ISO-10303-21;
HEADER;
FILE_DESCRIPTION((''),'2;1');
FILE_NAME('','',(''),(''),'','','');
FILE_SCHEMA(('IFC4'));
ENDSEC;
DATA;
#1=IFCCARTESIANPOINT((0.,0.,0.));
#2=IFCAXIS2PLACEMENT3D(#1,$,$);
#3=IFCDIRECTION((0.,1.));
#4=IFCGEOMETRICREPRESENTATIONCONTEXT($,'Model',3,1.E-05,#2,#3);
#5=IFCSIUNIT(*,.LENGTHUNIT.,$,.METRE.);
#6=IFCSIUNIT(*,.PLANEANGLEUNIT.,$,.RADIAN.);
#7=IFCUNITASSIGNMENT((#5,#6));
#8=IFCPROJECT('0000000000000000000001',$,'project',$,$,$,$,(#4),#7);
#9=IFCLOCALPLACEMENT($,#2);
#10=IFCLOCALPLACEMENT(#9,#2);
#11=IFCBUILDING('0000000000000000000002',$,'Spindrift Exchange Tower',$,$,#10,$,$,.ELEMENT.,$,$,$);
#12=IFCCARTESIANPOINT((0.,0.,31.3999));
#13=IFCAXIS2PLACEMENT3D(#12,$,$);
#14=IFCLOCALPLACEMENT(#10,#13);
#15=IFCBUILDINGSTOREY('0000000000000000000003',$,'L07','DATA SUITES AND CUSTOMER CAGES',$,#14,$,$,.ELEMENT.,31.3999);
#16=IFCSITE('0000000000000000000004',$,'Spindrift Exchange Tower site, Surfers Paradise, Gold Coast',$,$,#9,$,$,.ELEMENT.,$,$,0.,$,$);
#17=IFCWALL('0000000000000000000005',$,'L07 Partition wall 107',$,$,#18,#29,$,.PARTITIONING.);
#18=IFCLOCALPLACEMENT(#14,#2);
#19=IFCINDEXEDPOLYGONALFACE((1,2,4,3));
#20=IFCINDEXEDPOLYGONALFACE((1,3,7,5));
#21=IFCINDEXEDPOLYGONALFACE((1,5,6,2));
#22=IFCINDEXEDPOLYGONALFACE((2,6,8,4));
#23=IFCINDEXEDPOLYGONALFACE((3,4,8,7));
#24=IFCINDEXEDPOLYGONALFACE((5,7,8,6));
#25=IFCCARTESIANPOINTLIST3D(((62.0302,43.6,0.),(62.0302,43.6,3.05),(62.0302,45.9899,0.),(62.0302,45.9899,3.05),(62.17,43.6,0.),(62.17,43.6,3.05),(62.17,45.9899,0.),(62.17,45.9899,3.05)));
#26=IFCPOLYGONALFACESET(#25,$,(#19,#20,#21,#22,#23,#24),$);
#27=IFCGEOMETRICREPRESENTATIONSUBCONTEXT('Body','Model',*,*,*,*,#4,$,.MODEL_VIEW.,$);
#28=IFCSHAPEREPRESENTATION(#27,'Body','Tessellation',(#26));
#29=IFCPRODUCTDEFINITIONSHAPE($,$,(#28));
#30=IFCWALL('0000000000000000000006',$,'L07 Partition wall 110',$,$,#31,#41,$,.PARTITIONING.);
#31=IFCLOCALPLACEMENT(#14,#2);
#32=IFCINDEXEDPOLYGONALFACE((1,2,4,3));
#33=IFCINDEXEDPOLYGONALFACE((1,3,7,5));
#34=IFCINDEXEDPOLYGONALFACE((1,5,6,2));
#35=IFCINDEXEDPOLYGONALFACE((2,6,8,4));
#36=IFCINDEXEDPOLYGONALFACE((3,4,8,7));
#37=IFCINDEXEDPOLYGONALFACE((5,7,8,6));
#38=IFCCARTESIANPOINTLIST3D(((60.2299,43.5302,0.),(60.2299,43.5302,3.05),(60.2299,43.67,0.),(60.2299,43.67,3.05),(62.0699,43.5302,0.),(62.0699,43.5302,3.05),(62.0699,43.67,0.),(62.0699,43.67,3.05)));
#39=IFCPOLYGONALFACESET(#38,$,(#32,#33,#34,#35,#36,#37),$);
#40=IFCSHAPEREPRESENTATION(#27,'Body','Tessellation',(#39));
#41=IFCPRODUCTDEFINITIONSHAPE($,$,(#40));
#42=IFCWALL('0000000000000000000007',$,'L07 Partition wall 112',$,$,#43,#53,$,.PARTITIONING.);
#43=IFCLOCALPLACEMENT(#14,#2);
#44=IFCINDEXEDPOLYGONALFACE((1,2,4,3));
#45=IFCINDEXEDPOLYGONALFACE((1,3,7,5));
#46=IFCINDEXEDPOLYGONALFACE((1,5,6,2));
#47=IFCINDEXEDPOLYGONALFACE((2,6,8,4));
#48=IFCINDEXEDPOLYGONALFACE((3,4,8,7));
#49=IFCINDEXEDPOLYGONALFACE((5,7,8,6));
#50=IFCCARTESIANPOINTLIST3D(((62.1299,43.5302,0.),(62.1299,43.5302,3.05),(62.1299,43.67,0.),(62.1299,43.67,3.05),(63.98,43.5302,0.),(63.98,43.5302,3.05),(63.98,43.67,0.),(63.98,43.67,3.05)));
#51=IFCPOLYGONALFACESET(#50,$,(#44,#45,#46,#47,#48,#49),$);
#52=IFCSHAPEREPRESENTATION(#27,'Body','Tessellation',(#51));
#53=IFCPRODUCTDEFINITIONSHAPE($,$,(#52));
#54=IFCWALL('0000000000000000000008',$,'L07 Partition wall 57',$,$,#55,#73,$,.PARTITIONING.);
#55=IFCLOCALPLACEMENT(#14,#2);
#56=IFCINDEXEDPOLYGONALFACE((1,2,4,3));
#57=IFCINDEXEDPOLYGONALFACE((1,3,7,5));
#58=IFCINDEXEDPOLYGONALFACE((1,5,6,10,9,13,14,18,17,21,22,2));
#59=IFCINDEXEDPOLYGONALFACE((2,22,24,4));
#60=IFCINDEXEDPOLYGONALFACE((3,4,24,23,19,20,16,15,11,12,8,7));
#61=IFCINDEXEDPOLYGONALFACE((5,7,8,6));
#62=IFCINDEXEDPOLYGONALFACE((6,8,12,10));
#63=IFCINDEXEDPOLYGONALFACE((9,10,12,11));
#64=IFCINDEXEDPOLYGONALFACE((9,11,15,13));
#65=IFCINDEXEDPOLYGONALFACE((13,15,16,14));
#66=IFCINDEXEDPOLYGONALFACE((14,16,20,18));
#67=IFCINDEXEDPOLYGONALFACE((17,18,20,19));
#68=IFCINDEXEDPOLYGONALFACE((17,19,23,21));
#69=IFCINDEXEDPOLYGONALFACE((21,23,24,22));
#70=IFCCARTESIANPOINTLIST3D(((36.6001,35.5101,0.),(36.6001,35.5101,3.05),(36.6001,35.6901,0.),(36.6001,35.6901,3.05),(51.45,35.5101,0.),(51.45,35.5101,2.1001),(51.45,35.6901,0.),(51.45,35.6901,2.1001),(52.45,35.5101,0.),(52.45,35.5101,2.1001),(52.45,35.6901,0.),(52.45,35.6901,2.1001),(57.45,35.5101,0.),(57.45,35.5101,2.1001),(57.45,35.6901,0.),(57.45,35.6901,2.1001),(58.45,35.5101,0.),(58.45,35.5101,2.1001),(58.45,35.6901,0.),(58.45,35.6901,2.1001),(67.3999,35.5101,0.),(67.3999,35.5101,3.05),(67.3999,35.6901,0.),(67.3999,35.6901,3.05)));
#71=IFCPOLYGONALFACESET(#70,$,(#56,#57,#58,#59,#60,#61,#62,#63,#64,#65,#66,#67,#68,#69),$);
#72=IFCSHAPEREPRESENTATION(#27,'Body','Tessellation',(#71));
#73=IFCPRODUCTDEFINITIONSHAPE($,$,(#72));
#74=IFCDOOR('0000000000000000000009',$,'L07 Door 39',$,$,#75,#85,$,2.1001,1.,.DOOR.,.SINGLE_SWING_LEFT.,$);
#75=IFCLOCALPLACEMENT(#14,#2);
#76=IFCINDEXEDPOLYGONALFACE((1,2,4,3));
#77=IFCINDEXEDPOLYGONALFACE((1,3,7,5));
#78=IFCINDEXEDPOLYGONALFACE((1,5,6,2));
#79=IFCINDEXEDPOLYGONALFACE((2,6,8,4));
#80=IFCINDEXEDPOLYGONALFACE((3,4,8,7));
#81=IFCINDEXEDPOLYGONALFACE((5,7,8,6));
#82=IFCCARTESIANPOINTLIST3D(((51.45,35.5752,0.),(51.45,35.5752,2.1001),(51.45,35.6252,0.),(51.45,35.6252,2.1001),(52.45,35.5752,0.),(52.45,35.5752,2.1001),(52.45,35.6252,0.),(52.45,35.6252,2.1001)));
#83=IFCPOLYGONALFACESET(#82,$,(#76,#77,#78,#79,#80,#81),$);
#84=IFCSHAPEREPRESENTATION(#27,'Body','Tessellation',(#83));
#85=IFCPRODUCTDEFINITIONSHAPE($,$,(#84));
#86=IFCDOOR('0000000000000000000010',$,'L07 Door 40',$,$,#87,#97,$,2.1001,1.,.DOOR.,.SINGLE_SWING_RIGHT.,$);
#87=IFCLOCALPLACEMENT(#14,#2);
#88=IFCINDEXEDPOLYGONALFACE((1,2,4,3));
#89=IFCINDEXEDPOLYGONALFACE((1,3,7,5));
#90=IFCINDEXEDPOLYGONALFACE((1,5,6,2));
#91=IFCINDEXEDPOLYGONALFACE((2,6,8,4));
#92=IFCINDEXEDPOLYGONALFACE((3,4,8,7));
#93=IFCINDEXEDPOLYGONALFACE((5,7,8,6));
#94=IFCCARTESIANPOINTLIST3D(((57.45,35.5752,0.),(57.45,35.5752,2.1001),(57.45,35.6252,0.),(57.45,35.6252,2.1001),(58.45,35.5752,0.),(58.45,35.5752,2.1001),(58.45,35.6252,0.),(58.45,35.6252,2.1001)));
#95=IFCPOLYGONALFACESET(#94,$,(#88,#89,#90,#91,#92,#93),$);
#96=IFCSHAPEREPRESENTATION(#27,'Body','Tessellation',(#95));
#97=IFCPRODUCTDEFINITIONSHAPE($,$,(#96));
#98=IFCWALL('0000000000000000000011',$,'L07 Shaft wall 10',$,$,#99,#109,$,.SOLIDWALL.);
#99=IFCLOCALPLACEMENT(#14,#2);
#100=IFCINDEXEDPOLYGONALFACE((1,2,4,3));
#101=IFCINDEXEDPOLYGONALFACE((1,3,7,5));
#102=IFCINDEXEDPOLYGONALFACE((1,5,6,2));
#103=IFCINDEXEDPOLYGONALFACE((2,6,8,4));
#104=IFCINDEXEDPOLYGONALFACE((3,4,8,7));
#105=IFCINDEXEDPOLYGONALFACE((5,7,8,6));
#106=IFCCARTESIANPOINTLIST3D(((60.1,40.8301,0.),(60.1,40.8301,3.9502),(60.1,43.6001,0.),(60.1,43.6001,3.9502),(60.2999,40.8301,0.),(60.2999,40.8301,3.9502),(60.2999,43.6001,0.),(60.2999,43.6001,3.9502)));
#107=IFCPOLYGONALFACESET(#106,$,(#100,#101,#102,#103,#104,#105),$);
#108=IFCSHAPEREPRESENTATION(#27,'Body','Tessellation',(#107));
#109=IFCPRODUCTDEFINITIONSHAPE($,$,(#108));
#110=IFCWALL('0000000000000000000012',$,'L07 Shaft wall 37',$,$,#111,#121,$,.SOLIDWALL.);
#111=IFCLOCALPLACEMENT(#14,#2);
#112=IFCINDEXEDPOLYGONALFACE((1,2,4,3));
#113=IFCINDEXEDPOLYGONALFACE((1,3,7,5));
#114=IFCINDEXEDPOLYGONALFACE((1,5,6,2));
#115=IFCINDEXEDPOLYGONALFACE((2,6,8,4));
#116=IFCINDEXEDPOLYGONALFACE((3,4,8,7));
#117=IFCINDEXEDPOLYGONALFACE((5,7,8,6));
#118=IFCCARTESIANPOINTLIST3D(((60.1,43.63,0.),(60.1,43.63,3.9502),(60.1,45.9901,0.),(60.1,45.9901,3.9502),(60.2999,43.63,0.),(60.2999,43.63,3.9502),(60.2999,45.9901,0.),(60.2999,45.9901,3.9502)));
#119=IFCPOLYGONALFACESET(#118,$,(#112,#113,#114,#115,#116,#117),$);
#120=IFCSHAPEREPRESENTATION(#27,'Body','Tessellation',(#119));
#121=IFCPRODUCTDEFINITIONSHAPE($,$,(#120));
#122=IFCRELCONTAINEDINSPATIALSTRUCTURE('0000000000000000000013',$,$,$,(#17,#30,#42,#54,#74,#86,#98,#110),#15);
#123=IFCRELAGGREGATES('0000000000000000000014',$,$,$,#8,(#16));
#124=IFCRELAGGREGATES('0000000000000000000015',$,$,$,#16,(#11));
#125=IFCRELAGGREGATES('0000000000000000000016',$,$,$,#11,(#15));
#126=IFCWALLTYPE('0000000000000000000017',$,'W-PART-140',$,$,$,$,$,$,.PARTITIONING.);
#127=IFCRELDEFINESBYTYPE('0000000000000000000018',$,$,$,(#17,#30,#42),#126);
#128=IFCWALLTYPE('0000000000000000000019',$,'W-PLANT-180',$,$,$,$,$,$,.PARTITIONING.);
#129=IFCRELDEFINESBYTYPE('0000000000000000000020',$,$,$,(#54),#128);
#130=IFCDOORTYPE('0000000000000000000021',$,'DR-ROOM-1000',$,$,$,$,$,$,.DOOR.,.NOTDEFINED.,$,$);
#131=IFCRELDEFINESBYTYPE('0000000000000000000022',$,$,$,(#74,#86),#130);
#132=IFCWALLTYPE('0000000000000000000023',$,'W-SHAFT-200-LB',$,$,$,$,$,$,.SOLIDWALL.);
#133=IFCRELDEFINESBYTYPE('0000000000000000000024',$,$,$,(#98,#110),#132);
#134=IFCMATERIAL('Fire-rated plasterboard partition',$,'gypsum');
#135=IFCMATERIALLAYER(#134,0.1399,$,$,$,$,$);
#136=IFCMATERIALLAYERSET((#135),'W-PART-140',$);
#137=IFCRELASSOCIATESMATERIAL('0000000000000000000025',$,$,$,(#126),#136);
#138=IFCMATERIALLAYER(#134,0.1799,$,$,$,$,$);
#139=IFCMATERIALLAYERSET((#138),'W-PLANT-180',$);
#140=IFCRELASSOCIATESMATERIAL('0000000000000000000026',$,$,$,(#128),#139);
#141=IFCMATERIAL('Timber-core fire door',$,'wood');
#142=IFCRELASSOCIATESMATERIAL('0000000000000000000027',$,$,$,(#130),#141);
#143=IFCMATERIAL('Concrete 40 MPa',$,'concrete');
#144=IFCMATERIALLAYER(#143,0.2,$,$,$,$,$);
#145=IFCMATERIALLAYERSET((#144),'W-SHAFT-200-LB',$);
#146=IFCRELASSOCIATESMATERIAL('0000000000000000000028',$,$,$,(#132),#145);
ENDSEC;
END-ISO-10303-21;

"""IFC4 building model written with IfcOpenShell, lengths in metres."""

from ifc_helpers import new_model, si_unit, direction, frame, frame_2d, origin, place, context, subcontext, project, spatial, rectangle, extrude, source, transform, mapped, material, layer, layer_set, type_object, element, fill, save


model = new_model("IFC4")

# Units and contexts
model_context = context("Model", 3, precision=1e-05, world=origin(), true_north=direction((0.0, 1.0)))
body_context = subcontext(model_context, "Body", "Model", "MODEL_VIEW")
ifc_project = project(units=[si_unit("LENGTHUNIT", "METRE"), si_unit("PLANEANGLEUNIT", "RADIAN")], contexts=[model_context])

# Site, building, storey
site_placement = place(None, origin())
site = spatial("IfcSite", under=ifc_project, at=site_placement, Name="Spindrift Exchange Tower site, Surfers Paradise, Gold Coast", CompositionType="ELEMENT", RefElevation=0.0)
building_placement = place(site_placement, origin())
building = spatial("IfcBuilding", under=site, at=building_placement, Name="Spindrift Exchange Tower", CompositionType="ELEMENT")
storey_placement = place(building_placement, frame((0.0, 0.0, 31.3999)))
storey = spatial("IfcBuildingStorey", under=building, at=storey_placement, Name="L07", Description="DATA SUITES AND CUSTOMER CAGES", CompositionType="ELEMENT", Elevation=31.3999)

# Shared definitions
ifc_material_1 = material(Name="Timber-core fire door", Category="wood")
ifc_material_2 = material(Name="Fire-rated plasterboard partition", Category="gypsum")

# Walls
ifc_layer_1 = layer(ifc_material_2, 0.1399)
ifc_layer_set_1 = layer_set([ifc_layer_1], Name="W-PART-140")
wall_type_1 = type_object("IfcWallType", Name="W-PART-140", PredefinedType="PARTITIONING", material=ifc_layer_set_1)
wall_1_placement = place(storey_placement, frame((62.1001, 43.6001, 0.0), z_axis=(0.0, 0.0, 1.0), x_axis=(0.0, 1.0, 0.0)))
element("IfcWall", 1, at=wall_1_placement, inside=storey, type_object=wall_type_1, Name="L07 Partition wall 107", PredefinedType="PARTITIONING", context=body_context, shape_type="SweptSolid", body=[
    extrude(rectangle(XDim=2.3899, YDim=0.1399, at=frame_2d((1.1948, 0.0))), origin(), (0.0, 0.0, 1.0), 3.05),
])
wall_2_placement = place(storey_placement, frame((60.23, 43.6001, 0.0), z_axis=(0.0, 0.0, 1.0), x_axis=(1.0, 0.0, 0.0)))
element("IfcWall", 2, at=wall_2_placement, inside=storey, type_object=wall_type_1, Name="L07 Partition wall 110", PredefinedType="PARTITIONING", context=body_context, shape_type="SweptSolid", body=[
    extrude(rectangle(XDim=1.8401, YDim=0.1399, at=frame_2d((0.9199, 0.0))), origin(), (0.0, 0.0, 1.0), 3.05),
])
wall_3_placement = place(storey_placement, frame((62.1299, 43.6001, 0.0), z_axis=(0.0, 0.0, 1.0), x_axis=(1.0, 0.0, 0.0)))
element("IfcWall", 3, at=wall_3_placement, inside=storey, type_object=wall_type_1, Name="L07 Partition wall 112", PredefinedType="PARTITIONING", context=body_context, shape_type="SweptSolid", body=[
    extrude(rectangle(XDim=1.8501, YDim=0.1399, at=frame_2d((0.925, 0.0))), origin(), (0.0, 0.0, 1.0), 3.05),
])

# Wall, openings, doors
ifc_layer_2 = layer(ifc_material_2, 0.1799)
ifc_layer_set_2 = layer_set([ifc_layer_2], Name="W-PLANT-180")
wall_type_2 = type_object("IfcWallType", Name="W-PLANT-180", PredefinedType="PARTITIONING", material=ifc_layer_set_2)
wall_4_placement = place(storey_placement, frame((67.3999, 35.6001, 0.0), z_axis=(0.0, 0.0, 1.0), x_axis=(-1.0, 0.0, 0.0)))
wall_4 = element("IfcWall", 4, at=wall_4_placement, inside=storey, type_object=wall_type_2, Name="L07 Partition wall 57", PredefinedType="PARTITIONING", context=body_context, shape_type="SweptSolid", body=[
    extrude(rectangle(XDim=30.7998, YDim=0.1799, at=frame_2d((15.3999, 0.0))), origin(), (0.0, 0.0, 1.0), 3.05),
])
opening_1_placement = place(wall_4_placement, frame((14.95, 0.0, 0.0)))
opening_1 = element("IfcOpeningElement", 5, at=opening_1_placement, cuts=wall_4, PredefinedType="OPENING", context=body_context, shape_type="SweptSolid", body=[
    extrude(rectangle(XDim=1.0, YDim=2.1001, at=frame_2d((0.5, 1.05))), frame((0.0, 0.0999, 0.0), z_axis=(0.0, -1.0, 0.0), x_axis=(1.0, 0.0, 0.0)), (0.0, 0.0, 1.0), 0.2),
])
opening_2_placement = place(wall_4_placement, frame((8.95, 0.0, 0.0)))
opening_2 = element("IfcOpeningElement", 6, at=opening_2_placement, cuts=wall_4, PredefinedType="OPENING", context=body_context, shape_type="SweptSolid", body=[
    extrude(rectangle(XDim=1.0, YDim=2.1001, at=frame_2d((0.5, 1.05))), frame((0.0, 0.0999, 0.0), z_axis=(0.0, -1.0, 0.0), x_axis=(1.0, 0.0, 0.0)), (0.0, 0.0, 1.0), 0.2),
])
door_type_1 = type_object("IfcDoorType", Name="DR-ROOM-1000", OperationType="NOTDEFINED", PredefinedType="DOOR", material=ifc_material_1)
shared_shape_1 = source(origin(), body_context, "Body", "SweptSolid", [
    extrude(rectangle(XDim=1.0, YDim=2.1001, at=frame_2d((0.5, 1.05))), frame((0.0, 0.0249, 0.0), z_axis=(0.0, -1.0, 0.0), x_axis=(1.0, 0.0, 0.0)), (0.0, 0.0, 1.0), 0.05),
])
door_1_placement = place(opening_1_placement, origin())
door_1 = element("IfcDoor", 7, at=door_1_placement, inside=storey, type_object=door_type_1, Name="L07 Door 39", OperationType="SINGLE_SWING_LEFT", OverallHeight=2.1001, OverallWidth=1.0, PredefinedType="DOOR", context=body_context, shape_type="MappedRepresentation", body=[
    mapped(shared_shape_1, transform((0.0, 0.0, 0.0), scale=1.0)),
])
fill(opening_1, door_1)
door_2_placement = place(opening_2_placement, origin())
door_2 = element("IfcDoor", 8, at=door_2_placement, inside=storey, type_object=door_type_1, Name="L07 Door 40", OperationType="SINGLE_SWING_RIGHT", OverallHeight=2.1001, OverallWidth=1.0, PredefinedType="DOOR", context=body_context, shape_type="MappedRepresentation", body=[
    mapped(shared_shape_1, transform((0.0, 0.0, 0.0), scale=1.0)),
])
fill(opening_2, door_2)

# Walls
ifc_material_3 = material(Name="Concrete 40 MPa", Category="concrete")
ifc_layer_3 = layer(ifc_material_3, 0.2)
ifc_layer_set_3 = layer_set([ifc_layer_3], Name="W-SHAFT-200-LB")
wall_type_3 = type_object("IfcWallType", Name="W-SHAFT-200-LB", PredefinedType="SOLIDWALL", material=ifc_layer_set_3)
wall_5_placement = place(storey_placement, frame((60.2, 40.8301, 0.0), z_axis=(0.0, 0.0, 1.0), x_axis=(0.0, 1.0, 0.0)))
element("IfcWall", 9, at=wall_5_placement, inside=storey, type_object=wall_type_3, Name="L07 Shaft wall 10", PredefinedType="SOLIDWALL", context=body_context, shape_type="SweptSolid", body=[
    extrude(rectangle(XDim=2.77, YDim=0.2, at=frame_2d((1.385, 0.0))), origin(), (0.0, 0.0, 1.0), 3.9502),
])
wall_6_placement = place(storey_placement, frame((60.2, 43.6299, 0.0), z_axis=(0.0, 0.0, 1.0), x_axis=(0.0, 1.0, 0.0)))
element("IfcWall", 10, at=wall_6_placement, inside=storey, type_object=wall_type_3, Name="L07 Shaft wall 37", PredefinedType="SOLIDWALL", context=body_context, shape_type="SweptSolid", body=[
    extrude(rectangle(XDim=2.3601, YDim=0.2, at=frame_2d((1.1802, 0.0))), origin(), (0.0, 0.0, 1.0), 3.9502),
])

save(model, "model.ifc")
